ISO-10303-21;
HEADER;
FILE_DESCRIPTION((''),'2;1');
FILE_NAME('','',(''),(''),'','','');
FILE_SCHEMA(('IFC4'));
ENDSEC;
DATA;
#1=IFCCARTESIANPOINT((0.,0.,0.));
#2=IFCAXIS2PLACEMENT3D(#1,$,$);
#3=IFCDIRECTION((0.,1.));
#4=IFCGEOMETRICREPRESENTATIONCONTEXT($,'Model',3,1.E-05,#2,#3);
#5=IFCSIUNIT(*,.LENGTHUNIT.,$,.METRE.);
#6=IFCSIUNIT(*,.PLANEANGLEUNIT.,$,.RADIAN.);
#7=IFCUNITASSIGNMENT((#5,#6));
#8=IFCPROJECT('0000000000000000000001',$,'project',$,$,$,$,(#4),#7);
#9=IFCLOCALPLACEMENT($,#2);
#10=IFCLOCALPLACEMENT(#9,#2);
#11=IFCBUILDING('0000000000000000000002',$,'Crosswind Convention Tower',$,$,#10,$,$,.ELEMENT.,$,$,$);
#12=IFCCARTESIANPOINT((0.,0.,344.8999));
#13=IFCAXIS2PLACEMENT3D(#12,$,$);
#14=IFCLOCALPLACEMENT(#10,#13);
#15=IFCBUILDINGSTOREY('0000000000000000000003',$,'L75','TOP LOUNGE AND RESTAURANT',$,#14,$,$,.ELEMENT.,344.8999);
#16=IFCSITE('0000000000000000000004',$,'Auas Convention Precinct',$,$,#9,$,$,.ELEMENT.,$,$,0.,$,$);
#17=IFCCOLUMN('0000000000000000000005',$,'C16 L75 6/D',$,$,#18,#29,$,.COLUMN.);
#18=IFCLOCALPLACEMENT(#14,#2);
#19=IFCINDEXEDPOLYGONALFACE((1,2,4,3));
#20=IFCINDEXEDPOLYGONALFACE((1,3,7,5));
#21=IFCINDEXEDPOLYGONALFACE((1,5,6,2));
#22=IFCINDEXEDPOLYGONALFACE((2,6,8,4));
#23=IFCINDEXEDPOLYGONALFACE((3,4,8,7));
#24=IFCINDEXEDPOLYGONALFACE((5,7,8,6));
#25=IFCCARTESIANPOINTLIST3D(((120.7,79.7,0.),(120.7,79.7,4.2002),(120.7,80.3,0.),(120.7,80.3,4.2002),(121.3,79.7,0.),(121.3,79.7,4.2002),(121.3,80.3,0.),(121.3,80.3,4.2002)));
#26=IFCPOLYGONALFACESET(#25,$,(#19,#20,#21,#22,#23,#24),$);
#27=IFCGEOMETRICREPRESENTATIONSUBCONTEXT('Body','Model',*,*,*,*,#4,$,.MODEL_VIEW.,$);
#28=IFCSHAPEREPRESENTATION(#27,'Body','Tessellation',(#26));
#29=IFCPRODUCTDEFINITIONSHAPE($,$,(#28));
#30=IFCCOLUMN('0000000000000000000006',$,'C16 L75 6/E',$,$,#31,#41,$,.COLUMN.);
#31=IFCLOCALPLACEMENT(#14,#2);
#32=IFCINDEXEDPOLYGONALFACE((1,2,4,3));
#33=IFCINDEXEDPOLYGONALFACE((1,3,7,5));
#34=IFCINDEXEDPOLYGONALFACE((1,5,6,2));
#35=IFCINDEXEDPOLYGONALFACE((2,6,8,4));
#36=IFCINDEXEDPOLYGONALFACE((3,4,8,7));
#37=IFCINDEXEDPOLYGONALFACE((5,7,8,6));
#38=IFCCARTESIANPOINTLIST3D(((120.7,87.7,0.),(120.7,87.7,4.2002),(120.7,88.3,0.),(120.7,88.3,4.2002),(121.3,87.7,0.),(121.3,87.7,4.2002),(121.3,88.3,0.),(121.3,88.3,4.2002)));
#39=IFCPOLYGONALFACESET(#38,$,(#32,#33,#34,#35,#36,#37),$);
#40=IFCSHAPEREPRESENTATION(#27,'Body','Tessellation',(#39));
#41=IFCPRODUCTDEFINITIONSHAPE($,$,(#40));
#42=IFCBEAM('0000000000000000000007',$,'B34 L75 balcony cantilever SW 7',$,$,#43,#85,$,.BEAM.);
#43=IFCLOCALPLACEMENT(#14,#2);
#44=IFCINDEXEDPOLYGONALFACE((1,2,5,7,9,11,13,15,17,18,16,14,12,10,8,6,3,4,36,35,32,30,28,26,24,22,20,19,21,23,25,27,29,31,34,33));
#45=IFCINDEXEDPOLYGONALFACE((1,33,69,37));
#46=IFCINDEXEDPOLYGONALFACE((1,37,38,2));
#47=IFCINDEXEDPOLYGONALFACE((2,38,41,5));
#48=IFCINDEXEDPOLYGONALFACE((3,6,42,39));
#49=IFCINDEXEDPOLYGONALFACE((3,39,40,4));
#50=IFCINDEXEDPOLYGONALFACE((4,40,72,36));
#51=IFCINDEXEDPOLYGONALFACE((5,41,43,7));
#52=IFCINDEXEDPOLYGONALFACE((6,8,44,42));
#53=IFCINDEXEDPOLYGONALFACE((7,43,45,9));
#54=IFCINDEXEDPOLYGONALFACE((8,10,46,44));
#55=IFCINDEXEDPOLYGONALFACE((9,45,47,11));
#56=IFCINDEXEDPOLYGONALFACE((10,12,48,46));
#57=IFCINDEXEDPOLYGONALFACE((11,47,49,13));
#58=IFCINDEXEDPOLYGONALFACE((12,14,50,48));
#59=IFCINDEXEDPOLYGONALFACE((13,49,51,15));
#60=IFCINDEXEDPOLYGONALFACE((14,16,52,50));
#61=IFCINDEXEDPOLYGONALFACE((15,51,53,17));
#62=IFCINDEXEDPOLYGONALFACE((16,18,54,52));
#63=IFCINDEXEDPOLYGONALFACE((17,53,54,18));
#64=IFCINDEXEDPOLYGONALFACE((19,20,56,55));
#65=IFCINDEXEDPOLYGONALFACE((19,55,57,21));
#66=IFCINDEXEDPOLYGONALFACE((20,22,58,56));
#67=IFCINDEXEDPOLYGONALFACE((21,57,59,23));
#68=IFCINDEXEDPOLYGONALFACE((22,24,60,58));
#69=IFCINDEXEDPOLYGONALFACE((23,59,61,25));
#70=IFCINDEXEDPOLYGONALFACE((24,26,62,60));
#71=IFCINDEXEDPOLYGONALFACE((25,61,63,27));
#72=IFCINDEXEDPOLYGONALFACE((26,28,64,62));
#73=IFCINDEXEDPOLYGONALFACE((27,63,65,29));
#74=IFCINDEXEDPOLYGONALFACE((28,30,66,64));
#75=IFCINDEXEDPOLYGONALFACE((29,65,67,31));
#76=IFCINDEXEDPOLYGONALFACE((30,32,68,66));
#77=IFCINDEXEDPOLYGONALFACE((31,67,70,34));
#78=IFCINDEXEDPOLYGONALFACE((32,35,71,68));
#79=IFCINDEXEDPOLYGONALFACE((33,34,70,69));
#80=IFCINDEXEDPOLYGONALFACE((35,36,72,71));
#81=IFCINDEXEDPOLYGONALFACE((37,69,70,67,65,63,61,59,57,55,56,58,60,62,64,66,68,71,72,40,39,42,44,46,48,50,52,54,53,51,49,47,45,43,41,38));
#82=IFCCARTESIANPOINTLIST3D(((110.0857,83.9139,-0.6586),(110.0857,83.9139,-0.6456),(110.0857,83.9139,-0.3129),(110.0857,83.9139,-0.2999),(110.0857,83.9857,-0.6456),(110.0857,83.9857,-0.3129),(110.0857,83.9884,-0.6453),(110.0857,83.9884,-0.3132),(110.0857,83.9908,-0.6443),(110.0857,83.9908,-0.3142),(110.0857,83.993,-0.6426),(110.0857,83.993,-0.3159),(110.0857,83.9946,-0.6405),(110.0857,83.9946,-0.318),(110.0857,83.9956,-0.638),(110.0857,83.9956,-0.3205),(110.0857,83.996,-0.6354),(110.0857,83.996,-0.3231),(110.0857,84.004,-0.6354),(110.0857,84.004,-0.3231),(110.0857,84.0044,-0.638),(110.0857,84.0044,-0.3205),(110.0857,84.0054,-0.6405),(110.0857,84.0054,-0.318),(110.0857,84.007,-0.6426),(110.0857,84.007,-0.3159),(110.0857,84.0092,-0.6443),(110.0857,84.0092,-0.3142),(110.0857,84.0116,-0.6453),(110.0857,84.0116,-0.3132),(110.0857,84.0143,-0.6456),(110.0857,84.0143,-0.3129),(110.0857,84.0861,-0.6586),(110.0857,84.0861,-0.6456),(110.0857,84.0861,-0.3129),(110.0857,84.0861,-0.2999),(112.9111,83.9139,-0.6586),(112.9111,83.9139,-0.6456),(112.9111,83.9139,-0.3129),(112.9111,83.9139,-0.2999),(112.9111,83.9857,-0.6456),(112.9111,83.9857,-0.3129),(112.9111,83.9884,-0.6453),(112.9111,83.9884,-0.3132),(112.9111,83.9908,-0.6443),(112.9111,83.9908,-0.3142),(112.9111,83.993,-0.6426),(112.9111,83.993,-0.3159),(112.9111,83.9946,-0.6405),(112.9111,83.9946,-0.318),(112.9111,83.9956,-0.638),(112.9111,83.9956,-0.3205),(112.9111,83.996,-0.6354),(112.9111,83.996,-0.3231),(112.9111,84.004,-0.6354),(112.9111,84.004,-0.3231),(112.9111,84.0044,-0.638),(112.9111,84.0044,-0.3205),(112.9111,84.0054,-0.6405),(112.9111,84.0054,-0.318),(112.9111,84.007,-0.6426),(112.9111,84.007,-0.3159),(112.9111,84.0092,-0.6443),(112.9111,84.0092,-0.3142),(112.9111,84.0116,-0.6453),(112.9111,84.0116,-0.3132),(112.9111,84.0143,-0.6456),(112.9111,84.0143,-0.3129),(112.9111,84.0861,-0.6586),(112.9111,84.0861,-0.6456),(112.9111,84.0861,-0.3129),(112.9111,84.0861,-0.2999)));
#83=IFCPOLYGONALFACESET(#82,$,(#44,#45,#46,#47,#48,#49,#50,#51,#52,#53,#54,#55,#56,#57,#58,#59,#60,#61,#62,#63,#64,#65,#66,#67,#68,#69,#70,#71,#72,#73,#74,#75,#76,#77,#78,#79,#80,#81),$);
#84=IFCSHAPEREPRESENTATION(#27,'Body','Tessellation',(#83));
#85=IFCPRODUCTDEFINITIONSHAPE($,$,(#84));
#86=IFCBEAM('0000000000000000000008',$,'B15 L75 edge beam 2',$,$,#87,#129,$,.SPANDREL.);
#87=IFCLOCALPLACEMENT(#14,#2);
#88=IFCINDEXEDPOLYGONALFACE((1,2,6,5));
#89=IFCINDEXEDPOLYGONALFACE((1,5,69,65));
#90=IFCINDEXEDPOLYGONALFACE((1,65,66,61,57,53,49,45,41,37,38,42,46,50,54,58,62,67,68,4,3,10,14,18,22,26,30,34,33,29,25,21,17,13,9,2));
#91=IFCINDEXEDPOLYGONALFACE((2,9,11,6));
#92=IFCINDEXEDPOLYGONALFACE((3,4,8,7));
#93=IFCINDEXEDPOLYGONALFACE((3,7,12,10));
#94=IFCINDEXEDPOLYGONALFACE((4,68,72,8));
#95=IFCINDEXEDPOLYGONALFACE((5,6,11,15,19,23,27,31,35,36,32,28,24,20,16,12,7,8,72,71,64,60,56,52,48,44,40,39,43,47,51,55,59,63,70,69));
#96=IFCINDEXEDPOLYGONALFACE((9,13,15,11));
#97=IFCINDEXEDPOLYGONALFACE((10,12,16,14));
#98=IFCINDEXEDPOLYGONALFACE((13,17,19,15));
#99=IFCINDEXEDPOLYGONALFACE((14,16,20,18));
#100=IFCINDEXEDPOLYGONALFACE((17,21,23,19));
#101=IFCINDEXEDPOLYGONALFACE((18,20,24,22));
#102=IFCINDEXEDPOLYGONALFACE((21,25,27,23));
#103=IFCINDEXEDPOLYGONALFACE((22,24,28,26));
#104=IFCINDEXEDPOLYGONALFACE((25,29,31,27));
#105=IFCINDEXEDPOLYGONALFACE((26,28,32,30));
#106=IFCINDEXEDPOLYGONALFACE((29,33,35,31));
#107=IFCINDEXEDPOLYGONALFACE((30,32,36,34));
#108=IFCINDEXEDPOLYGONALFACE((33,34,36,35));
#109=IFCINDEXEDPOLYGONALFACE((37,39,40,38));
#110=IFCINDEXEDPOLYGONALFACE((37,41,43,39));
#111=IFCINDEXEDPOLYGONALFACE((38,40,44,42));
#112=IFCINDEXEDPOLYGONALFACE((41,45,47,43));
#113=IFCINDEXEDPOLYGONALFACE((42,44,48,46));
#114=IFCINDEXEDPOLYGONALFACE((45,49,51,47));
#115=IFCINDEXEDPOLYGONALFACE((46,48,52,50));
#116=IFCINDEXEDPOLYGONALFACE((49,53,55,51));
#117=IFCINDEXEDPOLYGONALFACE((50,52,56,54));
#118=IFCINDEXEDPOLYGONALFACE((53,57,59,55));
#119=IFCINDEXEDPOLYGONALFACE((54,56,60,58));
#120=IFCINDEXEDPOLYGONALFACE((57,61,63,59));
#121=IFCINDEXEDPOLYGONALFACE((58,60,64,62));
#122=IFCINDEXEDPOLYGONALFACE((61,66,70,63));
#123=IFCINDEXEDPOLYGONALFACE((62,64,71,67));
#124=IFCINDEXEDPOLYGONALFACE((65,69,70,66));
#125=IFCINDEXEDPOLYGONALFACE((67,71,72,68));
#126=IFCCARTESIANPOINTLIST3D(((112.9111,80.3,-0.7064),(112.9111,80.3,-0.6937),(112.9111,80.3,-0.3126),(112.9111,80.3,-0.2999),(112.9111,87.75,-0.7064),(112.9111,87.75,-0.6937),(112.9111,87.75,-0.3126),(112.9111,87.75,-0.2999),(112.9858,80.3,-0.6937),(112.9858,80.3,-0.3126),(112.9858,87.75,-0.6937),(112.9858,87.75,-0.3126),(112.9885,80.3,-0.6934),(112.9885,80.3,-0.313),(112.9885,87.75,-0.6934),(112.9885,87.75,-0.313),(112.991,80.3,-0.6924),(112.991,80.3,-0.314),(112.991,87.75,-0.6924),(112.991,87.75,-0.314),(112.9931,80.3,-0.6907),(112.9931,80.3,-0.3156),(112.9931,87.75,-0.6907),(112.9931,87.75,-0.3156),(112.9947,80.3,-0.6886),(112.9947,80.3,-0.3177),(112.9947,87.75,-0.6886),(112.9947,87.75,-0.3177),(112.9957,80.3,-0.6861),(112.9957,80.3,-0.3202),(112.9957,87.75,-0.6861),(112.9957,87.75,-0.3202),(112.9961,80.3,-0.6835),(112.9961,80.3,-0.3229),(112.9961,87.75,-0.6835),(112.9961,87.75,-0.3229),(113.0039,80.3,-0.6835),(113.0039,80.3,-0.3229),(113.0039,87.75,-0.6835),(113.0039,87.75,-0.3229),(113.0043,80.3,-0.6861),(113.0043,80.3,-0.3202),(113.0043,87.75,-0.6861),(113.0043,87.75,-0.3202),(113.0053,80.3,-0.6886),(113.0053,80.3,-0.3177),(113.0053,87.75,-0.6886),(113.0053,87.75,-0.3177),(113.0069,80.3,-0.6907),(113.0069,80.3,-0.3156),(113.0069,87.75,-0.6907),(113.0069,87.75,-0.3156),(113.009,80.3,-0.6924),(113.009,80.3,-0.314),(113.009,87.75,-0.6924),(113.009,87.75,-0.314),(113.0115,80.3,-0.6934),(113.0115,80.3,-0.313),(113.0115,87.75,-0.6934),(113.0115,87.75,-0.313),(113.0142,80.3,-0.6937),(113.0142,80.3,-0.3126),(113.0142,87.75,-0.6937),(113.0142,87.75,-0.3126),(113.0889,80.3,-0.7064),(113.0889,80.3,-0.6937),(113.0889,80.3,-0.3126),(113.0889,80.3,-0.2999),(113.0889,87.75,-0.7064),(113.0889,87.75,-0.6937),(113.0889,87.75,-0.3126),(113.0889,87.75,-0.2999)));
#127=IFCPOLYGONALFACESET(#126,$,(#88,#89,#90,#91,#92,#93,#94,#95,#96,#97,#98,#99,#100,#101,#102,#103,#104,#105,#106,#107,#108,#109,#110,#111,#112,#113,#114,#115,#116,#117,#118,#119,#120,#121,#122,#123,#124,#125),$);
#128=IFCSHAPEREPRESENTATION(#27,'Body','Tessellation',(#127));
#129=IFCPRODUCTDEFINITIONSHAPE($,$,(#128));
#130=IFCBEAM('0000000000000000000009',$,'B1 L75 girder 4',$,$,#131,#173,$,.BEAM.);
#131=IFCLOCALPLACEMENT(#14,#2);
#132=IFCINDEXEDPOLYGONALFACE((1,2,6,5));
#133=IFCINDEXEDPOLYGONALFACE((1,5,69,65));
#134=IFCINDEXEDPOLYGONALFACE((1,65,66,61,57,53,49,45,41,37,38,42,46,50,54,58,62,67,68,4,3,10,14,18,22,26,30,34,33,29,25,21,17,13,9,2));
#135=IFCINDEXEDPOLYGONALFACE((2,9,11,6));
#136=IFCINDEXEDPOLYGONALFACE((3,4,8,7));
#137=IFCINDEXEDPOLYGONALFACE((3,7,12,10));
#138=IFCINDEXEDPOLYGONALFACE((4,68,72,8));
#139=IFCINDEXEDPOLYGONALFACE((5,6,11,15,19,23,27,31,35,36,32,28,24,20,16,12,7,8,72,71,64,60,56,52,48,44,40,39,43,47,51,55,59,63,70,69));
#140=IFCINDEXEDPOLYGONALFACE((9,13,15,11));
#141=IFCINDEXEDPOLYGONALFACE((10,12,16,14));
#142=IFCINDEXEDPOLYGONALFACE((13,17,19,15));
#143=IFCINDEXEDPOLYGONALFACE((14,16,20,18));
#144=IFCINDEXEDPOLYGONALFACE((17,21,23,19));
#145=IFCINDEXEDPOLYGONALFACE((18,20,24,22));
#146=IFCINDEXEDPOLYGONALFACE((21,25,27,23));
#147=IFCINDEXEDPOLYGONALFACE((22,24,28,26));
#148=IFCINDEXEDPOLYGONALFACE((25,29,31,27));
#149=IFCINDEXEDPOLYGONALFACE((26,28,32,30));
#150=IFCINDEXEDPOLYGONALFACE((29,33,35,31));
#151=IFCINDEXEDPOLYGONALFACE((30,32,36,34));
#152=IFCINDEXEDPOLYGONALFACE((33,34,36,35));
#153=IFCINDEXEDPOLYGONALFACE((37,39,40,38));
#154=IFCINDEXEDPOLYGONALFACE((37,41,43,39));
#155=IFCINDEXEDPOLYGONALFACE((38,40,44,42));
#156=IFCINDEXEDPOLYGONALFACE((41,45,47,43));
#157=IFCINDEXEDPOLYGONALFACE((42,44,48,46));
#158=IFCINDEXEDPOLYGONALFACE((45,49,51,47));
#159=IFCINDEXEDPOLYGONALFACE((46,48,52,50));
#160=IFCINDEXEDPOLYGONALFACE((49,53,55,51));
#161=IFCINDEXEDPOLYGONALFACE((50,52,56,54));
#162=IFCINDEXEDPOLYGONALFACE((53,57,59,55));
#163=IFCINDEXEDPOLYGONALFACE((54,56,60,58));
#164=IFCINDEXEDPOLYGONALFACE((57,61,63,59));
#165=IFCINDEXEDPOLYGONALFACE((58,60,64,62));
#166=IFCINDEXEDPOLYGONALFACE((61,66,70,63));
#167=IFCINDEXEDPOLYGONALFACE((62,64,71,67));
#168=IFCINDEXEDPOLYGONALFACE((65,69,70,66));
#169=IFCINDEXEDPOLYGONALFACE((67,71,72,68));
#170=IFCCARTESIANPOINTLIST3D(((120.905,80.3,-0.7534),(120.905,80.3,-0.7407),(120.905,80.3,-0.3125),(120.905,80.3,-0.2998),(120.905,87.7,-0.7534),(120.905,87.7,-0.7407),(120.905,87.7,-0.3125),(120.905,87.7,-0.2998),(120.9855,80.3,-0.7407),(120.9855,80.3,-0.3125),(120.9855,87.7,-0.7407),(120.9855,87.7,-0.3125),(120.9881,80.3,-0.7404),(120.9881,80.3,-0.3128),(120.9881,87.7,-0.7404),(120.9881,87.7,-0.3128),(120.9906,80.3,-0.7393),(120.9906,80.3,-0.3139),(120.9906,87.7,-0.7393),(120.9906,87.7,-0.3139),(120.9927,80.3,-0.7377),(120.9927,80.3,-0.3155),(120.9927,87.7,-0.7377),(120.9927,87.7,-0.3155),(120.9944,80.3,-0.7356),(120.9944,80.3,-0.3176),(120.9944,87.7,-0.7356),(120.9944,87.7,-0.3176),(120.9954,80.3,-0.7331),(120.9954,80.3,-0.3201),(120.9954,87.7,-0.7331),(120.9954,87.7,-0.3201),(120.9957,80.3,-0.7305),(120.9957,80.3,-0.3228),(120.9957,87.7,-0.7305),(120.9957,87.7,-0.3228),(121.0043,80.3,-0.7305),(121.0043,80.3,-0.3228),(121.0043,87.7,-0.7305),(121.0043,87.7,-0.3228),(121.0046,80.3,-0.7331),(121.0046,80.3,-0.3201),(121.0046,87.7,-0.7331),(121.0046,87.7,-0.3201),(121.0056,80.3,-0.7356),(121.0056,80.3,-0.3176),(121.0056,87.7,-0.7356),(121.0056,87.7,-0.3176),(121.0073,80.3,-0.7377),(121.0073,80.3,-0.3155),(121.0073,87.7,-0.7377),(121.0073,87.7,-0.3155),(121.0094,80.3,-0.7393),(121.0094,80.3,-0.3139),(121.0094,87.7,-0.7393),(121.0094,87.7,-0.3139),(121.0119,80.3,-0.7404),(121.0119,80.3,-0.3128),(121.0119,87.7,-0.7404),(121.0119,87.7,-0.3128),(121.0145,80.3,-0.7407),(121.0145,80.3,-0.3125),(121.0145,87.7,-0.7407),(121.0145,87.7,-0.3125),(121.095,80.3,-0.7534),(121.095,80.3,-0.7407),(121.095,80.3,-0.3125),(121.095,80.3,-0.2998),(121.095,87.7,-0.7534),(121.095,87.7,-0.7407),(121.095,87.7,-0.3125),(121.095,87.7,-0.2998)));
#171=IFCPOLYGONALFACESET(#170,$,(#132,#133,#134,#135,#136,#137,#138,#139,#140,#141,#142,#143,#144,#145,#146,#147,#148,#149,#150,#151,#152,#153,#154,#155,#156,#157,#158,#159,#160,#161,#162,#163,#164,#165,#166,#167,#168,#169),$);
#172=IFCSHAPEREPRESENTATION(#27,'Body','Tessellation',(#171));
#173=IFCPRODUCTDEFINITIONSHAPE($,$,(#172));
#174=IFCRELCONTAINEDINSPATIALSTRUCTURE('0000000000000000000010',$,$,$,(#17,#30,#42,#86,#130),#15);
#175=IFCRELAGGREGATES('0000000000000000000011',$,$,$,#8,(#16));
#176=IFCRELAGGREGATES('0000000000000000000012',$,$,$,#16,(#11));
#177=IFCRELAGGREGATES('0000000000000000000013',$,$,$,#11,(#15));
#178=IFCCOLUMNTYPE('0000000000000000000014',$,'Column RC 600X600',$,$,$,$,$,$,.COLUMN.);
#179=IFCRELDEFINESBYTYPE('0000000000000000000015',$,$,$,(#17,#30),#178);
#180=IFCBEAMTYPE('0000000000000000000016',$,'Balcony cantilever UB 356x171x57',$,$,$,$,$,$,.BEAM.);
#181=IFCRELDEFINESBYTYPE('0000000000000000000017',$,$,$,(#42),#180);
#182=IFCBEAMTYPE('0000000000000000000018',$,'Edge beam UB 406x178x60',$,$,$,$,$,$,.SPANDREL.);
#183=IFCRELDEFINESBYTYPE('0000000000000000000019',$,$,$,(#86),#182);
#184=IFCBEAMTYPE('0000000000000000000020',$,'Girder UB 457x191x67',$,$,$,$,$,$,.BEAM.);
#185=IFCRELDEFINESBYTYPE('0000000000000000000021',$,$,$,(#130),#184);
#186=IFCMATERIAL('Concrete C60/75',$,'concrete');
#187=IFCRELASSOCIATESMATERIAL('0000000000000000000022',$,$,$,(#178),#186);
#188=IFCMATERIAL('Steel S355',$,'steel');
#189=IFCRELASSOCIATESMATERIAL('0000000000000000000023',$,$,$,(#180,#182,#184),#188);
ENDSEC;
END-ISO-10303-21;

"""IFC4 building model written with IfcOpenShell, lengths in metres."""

from ifc_helpers import new_model, si_unit, direction, frame, origin, origin_2d, place, context, subcontext, project, spatial, rectangle, i_section, extrude, material, material_profile, profile_set, type_object, element, save


model = new_model("IFC4")

# Units and contexts
model_context = context("Model", 3, precision=1e-05, world=origin(), true_north=direction((0.0, 1.0)))
body_context = subcontext(model_context, "Body", "Model", "MODEL_VIEW")
ifc_project = project(units=[si_unit("LENGTHUNIT", "METRE"), si_unit("PLANEANGLEUNIT", "RADIAN")], contexts=[model_context])

# Site, building, storey
site_placement = place(None, origin())
site = spatial("IfcSite", under=ifc_project, at=site_placement, Name="Auas Convention Precinct", CompositionType="ELEMENT", RefElevation=0.0)
building_placement = place(site_placement, origin())
building = spatial("IfcBuilding", under=site, at=building_placement, Name="Crosswind Convention Tower", CompositionType="ELEMENT")
storey_placement = place(building_placement, frame((0.0, 0.0, 344.8999)))
storey = spatial("IfcBuildingStorey", under=building, at=storey_placement, Name="L75", Description="TOP LOUNGE AND RESTAURANT", CompositionType="ELEMENT", Elevation=344.8999)

# Columns
ifc_material_1 = material(Name="Concrete C60/75", Category="concrete")
ifc_material_profile_1 = material_profile(ifc_material_1, rectangle(XDim=0.6001, YDim=0.6001, at=origin_2d()), Name="RC 600X600")
ifc_profile_set_1 = profile_set([ifc_material_profile_1], Name="Concrete C60/75")
column_type = type_object("IfcColumnType", Name="Column RC 600X600", PredefinedType="COLUMN", material=ifc_profile_set_1)
for number, where, z_axis, x_axis, name in (
    (1, (121.0, 80.0, 0.0), (0.0, 0.0, 1.0), (1.0, 0.0, 0.0), "C16 L75 6/D"),
    (2, (121.0, 88.0, 0.0), (0.0, 0.0, 1.0), (1.0, 0.0, 0.0), "C16 L75 6/E"),
):
    element("IfcColumn", number, at=place(storey_placement, frame(where, z_axis=z_axis, x_axis=x_axis)), inside=storey, type_object=column_type, Name=name, PredefinedType="COLUMN", context=body_context, shape_type="SweptSolid", body=[
        extrude(rectangle(XDim=0.6001, YDim=0.6001, at=origin_2d()), origin(), (0.0, 0.0, 1.0), 4.2002),
    ])

# Beams
ifc_material_2 = material(Name="Steel S355", Category="steel")
ifc_material_profile_2 = material_profile(ifc_material_2, i_section(OverallWidth=0.1721, OverallDepth=0.3586, WebThickness=0.0081, FlangeThickness=0.0129, FilletRadius=0.0103, at=origin_2d()), Name="UB 356x171x57")
ifc_profile_set_2 = profile_set([ifc_material_profile_2], Name="Steel S355")
beam_type_1 = type_object("IfcBeamType", Name="Balcony cantilever UB 356x171x57", PredefinedType="BEAM", material=ifc_profile_set_2)
beam_1_placement = place(storey_placement, frame((112.9111, 84.0, -0.4792), z_axis=(-1.0, 0.0, 0.0), x_axis=(0.0, -1.0, 0.0)))
element("IfcBeam", 3, at=beam_1_placement, inside=storey, type_object=beam_type_1, Name="B34 L75 balcony cantilever SW 7", PredefinedType="BEAM", context=body_context, shape_type="SweptSolid", body=[
    extrude(i_section(OverallWidth=0.1721, OverallDepth=0.3586, WebThickness=0.0081, FlangeThickness=0.0129, FilletRadius=0.0103, at=origin_2d()), origin(), (0.0, 0.0, 1.0), 2.8254),
])
ifc_material_profile_3 = material_profile(ifc_material_2, i_section(OverallWidth=0.1777, OverallDepth=0.4065, WebThickness=0.0078, FlangeThickness=0.0127, FilletRadius=0.0103, at=origin_2d()), Name="UB 406x178x60")
ifc_profile_set_3 = profile_set([ifc_material_profile_3], Name="Steel S355")
beam_type_2 = type_object("IfcBeamType", Name="Edge beam UB 406x178x60", PredefinedType="SPANDREL", material=ifc_profile_set_3)
beam_2_placement = place(storey_placement, frame((113.0, 80.3, -0.5032), z_axis=(0.0, 1.0, 0.0), x_axis=(-1.0, 0.0, 0.0)))
element("IfcBeam", 4, at=beam_2_placement, inside=storey, type_object=beam_type_2, Name="B15 L75 edge beam 2", PredefinedType="SPANDREL", context=body_context, shape_type="SweptSolid", body=[
    extrude(i_section(OverallWidth=0.1777, OverallDepth=0.4065, WebThickness=0.0078, FlangeThickness=0.0127, FilletRadius=0.0103, at=origin_2d()), origin(), (0.0, 0.0, 1.0), 7.45),
])
ifc_material_profile_4 = material_profile(ifc_material_2, i_section(OverallWidth=0.1899, OverallDepth=0.4536, WebThickness=0.0085, FlangeThickness=0.0127, FilletRadius=0.0103, at=origin_2d()), Name="UB 457x191x67")
ifc_profile_set_4 = profile_set([ifc_material_profile_4], Name="Steel S355")
beam_type_3 = type_object("IfcBeamType", Name="Girder UB 457x191x67", PredefinedType="BEAM", material=ifc_profile_set_4)
for number, where, z_axis, x_axis, name in (
    (5, (121.0, 80.3, -0.5266), (0.0, 1.0, 0.0), (-1.0, 0.0, 0.0), "B1 L75 girder 4"),
):
    element("IfcBeam", number, at=place(storey_placement, frame(where, z_axis=z_axis, x_axis=x_axis)), inside=storey, type_object=beam_type_3, Name=name, PredefinedType="BEAM", context=body_context, shape_type="SweptSolid", body=[
        extrude(i_section(OverallWidth=0.1899, OverallDepth=0.4536, WebThickness=0.0085, FlangeThickness=0.0127, FilletRadius=0.0103, at=origin_2d()), origin(), (0.0, 0.0, 1.0), 7.3999),
    ])

save(model, "model.ifc")
